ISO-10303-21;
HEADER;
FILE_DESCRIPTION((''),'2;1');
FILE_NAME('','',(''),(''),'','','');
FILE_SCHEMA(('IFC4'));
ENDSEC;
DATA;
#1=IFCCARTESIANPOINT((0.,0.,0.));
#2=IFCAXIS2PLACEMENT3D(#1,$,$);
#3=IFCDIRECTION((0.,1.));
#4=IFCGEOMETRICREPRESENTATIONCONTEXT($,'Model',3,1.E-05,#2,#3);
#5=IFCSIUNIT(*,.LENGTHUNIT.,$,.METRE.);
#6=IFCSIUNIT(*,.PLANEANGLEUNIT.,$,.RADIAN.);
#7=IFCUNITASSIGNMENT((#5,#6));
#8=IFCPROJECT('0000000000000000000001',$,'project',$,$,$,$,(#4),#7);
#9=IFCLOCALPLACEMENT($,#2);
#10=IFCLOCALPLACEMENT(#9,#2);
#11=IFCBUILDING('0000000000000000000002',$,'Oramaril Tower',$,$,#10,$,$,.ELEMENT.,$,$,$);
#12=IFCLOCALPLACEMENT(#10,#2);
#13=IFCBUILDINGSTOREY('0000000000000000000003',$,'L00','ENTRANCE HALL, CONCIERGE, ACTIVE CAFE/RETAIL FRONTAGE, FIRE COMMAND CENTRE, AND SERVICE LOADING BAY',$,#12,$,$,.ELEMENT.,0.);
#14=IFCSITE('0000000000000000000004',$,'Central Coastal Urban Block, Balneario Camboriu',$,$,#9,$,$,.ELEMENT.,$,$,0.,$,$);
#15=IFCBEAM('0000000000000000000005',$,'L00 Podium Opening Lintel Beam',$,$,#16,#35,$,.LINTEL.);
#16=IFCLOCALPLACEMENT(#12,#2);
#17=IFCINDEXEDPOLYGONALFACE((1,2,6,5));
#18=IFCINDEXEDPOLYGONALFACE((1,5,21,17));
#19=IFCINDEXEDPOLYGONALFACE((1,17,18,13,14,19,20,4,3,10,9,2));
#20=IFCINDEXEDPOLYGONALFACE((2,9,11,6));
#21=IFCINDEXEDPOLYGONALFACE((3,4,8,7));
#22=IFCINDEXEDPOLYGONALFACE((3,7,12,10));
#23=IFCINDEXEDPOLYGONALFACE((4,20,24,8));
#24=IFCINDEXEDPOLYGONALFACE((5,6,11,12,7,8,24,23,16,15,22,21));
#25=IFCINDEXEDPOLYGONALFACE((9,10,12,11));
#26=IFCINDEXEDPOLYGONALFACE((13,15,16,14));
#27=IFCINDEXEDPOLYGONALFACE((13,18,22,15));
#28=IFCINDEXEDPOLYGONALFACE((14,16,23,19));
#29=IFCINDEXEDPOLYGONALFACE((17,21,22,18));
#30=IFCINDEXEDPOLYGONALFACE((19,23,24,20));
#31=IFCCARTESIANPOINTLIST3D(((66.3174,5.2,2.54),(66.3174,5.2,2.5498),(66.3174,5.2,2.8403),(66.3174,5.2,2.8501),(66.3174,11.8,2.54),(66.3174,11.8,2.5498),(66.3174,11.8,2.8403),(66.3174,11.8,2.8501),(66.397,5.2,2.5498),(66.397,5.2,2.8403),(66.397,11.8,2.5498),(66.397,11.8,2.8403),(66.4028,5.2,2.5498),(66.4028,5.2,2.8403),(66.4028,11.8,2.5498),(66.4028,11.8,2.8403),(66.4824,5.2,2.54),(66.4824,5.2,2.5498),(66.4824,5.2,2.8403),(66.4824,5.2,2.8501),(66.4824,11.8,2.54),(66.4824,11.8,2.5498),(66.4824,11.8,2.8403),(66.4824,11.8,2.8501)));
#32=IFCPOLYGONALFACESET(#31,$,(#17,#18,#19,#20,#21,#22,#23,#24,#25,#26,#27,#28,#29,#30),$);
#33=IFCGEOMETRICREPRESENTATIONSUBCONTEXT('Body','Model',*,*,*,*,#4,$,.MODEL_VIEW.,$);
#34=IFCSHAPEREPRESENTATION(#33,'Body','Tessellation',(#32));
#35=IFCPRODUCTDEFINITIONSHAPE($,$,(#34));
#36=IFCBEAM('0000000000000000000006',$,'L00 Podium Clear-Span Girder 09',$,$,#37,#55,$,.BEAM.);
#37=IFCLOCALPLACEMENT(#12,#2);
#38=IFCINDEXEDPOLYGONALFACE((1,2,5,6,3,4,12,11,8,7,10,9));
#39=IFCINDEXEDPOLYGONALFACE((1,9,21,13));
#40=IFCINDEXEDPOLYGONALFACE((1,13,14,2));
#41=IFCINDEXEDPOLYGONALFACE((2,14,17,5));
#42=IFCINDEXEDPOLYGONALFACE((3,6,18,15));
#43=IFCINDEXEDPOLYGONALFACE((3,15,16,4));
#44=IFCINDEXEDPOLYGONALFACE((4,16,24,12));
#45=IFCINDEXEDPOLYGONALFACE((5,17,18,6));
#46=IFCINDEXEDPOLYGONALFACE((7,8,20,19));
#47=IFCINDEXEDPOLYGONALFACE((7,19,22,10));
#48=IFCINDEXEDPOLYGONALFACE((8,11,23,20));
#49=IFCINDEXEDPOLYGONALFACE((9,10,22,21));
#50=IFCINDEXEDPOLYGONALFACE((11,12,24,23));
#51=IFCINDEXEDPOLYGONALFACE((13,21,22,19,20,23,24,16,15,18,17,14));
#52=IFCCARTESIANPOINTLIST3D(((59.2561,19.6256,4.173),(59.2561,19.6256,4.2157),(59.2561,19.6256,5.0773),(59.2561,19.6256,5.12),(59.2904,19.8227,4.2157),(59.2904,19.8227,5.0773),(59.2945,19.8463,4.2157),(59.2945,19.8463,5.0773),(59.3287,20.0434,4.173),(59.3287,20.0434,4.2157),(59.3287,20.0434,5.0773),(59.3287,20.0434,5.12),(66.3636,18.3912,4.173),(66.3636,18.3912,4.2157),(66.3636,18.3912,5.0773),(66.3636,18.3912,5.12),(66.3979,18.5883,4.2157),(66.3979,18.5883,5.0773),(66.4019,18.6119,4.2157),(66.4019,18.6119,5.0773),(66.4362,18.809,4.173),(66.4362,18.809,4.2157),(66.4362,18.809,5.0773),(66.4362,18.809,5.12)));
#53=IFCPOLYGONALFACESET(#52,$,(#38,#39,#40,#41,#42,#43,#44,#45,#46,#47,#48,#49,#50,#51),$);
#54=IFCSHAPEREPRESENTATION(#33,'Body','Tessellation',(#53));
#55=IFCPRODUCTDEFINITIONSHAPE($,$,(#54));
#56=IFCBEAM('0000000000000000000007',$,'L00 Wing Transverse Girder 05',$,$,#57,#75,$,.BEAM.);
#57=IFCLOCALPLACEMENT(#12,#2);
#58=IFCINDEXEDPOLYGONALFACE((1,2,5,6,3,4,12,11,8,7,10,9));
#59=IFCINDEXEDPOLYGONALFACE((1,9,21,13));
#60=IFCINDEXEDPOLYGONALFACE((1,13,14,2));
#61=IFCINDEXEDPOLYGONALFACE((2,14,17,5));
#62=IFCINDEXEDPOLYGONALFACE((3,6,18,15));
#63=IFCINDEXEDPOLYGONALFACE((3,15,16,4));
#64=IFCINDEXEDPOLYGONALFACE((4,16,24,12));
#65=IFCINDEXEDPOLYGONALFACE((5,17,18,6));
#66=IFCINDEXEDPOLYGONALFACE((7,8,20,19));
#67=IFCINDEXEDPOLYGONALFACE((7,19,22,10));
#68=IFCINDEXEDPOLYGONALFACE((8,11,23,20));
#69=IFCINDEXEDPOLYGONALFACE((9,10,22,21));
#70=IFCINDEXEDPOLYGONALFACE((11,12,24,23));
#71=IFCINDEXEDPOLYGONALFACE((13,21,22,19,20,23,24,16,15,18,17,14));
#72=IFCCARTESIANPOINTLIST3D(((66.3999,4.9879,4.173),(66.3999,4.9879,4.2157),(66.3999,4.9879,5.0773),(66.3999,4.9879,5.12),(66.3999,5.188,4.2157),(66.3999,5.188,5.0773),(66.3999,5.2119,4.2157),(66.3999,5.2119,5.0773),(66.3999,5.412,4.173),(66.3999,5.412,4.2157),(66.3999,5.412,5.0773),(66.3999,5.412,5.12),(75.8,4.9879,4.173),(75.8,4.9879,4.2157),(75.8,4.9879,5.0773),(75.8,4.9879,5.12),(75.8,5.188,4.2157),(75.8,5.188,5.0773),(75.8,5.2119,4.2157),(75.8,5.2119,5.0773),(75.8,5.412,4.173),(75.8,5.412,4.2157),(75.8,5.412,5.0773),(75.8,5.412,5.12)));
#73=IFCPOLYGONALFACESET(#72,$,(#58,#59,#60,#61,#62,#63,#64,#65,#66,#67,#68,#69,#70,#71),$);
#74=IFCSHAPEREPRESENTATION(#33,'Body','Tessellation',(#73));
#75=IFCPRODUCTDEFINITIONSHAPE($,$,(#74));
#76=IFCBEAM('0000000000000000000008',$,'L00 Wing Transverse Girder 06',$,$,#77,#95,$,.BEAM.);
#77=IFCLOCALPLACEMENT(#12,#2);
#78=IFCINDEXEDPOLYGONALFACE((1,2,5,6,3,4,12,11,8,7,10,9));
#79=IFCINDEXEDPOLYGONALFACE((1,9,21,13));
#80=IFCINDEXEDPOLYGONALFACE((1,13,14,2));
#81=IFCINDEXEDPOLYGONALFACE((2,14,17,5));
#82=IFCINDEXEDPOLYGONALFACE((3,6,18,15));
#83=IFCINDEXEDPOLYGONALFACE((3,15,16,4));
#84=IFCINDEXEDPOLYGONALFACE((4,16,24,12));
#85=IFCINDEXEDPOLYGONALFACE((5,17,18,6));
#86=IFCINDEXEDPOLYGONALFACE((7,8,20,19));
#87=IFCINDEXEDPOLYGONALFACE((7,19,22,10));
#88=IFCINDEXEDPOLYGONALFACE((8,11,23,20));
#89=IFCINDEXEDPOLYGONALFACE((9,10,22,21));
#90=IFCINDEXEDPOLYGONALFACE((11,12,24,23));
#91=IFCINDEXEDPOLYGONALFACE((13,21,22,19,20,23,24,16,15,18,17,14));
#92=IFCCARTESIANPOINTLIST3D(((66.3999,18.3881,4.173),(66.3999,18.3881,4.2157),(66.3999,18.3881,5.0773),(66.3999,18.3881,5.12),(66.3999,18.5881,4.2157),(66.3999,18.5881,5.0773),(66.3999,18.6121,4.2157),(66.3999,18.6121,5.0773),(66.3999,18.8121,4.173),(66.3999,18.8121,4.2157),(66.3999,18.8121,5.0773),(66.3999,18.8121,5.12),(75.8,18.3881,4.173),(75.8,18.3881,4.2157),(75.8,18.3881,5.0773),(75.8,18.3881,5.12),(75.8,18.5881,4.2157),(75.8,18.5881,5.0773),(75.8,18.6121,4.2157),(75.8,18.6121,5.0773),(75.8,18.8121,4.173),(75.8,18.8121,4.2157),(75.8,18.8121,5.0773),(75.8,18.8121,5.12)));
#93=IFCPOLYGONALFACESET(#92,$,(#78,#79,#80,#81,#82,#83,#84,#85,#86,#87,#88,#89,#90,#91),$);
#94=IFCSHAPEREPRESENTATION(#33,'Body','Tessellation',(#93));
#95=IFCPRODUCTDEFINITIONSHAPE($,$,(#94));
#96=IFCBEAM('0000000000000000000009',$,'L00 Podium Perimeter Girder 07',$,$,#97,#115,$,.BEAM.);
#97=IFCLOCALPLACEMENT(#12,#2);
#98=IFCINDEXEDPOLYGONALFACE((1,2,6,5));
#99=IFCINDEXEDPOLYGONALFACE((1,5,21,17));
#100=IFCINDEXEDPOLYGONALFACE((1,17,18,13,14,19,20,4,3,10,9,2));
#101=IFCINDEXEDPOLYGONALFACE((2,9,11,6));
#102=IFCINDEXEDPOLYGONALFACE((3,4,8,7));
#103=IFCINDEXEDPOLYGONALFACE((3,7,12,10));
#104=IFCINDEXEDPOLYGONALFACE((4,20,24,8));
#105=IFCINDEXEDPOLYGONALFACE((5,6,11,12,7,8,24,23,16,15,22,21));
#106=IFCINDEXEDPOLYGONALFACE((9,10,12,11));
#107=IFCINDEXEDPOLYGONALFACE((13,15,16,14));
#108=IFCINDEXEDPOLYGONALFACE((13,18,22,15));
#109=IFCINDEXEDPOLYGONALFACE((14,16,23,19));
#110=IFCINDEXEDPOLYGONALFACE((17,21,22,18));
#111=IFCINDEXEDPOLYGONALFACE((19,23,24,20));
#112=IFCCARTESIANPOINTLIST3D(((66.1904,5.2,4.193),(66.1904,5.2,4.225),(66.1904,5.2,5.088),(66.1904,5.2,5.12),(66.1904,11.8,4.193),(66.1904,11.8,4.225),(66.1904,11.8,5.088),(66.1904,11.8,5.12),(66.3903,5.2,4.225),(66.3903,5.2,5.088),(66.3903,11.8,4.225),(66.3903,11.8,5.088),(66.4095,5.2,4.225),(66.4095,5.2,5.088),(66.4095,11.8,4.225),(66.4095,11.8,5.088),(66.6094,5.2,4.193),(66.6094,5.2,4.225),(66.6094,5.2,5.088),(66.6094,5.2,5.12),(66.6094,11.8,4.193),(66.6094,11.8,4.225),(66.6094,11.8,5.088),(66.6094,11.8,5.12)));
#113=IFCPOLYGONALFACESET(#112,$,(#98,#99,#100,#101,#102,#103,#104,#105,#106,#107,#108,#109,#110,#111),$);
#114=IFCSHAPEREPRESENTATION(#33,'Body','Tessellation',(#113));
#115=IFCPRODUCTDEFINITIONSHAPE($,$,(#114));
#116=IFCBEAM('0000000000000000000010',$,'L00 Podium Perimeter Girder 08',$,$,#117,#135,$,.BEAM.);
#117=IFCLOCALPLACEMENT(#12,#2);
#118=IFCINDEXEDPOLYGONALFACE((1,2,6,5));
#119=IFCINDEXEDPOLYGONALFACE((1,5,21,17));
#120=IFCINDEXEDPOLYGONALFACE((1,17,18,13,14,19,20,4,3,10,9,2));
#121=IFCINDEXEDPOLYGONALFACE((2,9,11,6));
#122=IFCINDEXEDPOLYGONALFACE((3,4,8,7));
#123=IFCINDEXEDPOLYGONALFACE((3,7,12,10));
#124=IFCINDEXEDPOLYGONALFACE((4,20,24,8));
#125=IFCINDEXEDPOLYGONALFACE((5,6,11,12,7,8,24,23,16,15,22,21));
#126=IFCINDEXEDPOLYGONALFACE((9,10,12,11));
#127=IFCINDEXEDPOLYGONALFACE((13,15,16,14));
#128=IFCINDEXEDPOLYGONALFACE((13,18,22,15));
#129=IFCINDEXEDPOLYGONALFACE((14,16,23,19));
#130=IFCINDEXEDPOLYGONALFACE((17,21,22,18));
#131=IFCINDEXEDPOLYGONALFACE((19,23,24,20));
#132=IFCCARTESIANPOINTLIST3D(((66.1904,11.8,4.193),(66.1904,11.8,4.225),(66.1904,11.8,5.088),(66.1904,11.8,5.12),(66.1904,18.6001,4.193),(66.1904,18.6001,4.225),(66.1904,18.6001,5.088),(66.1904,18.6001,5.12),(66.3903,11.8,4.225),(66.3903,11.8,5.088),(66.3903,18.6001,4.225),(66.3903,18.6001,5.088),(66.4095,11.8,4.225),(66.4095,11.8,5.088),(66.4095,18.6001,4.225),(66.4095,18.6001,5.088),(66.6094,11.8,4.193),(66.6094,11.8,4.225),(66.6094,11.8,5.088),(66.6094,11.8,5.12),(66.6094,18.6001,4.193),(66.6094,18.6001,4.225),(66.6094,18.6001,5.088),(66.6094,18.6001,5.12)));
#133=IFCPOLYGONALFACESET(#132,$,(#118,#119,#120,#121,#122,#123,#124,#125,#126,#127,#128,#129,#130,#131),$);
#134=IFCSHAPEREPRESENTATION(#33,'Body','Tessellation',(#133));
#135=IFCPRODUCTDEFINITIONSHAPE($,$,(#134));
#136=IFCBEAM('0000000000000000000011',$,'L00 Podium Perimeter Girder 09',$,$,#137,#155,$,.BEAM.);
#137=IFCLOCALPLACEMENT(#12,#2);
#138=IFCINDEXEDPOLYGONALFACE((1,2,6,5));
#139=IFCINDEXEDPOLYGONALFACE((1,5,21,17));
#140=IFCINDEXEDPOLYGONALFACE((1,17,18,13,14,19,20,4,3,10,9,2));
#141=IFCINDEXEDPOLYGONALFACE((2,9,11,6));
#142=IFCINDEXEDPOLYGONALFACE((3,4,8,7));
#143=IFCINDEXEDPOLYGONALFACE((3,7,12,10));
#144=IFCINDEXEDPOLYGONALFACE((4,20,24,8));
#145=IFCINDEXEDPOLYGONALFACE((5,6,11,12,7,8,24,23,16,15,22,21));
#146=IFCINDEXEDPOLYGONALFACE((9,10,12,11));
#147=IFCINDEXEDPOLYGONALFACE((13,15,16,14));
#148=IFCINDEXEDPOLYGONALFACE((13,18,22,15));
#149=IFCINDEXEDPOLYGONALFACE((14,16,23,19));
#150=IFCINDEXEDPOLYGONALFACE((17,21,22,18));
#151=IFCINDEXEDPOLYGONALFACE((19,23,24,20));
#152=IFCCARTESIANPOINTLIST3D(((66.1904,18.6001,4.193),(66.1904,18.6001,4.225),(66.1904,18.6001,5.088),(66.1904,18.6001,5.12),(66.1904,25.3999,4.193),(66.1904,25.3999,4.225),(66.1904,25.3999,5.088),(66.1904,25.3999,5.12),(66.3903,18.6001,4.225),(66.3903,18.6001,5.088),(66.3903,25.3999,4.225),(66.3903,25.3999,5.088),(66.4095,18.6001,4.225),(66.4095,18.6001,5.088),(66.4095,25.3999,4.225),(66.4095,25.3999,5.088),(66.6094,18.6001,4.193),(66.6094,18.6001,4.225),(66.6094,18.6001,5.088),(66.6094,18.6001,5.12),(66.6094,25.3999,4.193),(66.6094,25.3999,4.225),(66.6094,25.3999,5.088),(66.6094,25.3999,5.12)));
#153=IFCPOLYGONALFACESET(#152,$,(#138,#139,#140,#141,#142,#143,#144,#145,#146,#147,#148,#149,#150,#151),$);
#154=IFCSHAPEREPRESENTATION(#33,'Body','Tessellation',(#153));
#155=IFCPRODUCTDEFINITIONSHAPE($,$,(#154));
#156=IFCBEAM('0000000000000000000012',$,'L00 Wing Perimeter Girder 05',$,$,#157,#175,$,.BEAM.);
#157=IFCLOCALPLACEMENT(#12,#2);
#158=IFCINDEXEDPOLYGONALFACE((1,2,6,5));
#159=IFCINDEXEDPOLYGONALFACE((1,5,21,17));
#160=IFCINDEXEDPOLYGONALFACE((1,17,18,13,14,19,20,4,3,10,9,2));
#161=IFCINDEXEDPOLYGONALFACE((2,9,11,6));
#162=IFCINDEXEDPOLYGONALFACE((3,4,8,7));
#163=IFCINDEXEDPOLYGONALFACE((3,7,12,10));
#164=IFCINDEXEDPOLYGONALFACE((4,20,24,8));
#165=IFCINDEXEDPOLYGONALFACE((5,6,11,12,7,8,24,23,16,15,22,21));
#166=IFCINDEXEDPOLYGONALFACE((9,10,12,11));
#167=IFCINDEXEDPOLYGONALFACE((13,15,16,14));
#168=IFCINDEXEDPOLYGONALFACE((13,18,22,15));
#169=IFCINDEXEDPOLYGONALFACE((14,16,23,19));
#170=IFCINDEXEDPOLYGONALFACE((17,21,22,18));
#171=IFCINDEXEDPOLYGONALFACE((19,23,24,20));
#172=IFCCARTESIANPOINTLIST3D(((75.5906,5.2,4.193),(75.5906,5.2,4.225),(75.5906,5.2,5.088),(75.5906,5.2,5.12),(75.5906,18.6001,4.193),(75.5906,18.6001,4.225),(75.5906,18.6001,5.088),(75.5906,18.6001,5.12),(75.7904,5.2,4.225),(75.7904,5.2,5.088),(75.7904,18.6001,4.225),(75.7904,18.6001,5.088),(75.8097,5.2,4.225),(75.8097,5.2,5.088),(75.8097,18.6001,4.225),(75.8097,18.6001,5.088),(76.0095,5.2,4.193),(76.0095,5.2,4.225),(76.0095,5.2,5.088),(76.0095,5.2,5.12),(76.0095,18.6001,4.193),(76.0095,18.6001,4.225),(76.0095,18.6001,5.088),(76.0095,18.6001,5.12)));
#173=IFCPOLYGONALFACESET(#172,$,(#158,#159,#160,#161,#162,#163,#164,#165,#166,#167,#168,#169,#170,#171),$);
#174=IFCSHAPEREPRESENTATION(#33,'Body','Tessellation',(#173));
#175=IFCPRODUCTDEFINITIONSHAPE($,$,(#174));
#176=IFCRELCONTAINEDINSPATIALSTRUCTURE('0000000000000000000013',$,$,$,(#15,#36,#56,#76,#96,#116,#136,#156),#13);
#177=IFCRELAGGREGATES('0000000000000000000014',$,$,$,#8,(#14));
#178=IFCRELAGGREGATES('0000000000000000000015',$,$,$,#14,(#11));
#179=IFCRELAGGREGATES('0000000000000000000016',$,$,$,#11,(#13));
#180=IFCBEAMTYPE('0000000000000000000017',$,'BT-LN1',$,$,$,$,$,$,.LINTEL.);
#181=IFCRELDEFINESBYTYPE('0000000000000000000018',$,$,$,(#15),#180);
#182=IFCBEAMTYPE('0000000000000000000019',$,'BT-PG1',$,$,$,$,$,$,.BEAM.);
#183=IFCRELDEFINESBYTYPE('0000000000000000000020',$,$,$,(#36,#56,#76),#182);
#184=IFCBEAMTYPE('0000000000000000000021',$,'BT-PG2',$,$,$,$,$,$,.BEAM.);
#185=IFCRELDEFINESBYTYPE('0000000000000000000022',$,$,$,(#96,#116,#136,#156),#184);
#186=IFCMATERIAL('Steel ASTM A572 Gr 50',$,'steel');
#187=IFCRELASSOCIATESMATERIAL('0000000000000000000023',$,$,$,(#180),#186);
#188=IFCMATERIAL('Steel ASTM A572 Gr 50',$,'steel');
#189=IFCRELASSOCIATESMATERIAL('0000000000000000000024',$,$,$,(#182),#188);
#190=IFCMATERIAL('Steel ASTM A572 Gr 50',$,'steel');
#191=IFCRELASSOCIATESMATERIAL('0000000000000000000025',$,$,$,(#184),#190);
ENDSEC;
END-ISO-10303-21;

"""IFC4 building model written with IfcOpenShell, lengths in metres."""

from ifc_helpers import new_model, si_unit, direction, frame, origin, origin_2d, place, context, subcontext, project, spatial, i_section, extrude, material, material_profile, profile_set, type_object, element, save


model = new_model("IFC4")

# Units and contexts
model_context = context("Model", 3, precision=1e-05, world=origin(), true_north=direction((0.0, 1.0)))
body_context = subcontext(model_context, "Body", "Model", "MODEL_VIEW")
ifc_project = project(units=[si_unit("LENGTHUNIT", "METRE"), si_unit("PLANEANGLEUNIT", "RADIAN")], contexts=[model_context])

# Site, building, storey
site_placement = place(None, origin())
site = spatial("IfcSite", under=ifc_project, at=site_placement, Name="Central Coastal Urban Block, Balneario Camboriu", CompositionType="ELEMENT", RefElevation=0.0)
building_placement = place(site_placement, origin())
building = spatial("IfcBuilding", under=site, at=building_placement, Name="Oramaril Tower", CompositionType="ELEMENT")
storey_placement = place(building_placement, origin())
storey = spatial("IfcBuildingStorey", under=building, at=storey_placement, Name="L00", Description="ENTRANCE HALL, CONCIERGE, ACTIVE CAFE/RETAIL FRONTAGE, FIRE COMMAND CENTRE, AND SERVICE LOADING BAY", CompositionType="ELEMENT", Elevation=0.0)

# Beams
ifc_material_1 = material(Name="Steel ASTM A572 Gr 50", Category="steel")
ifc_material_profile_1 = material_profile(ifc_material_1, i_section(OverallWidth=0.165, OverallDepth=0.3101, WebThickness=0.0059, FlangeThickness=0.0098, at=origin_2d()), Name="W12X26")
ifc_profile_set_1 = profile_set([ifc_material_profile_1], Name="Steel ASTM A572 Gr 50")
beam_type_1 = type_object("IfcBeamType", Name="BT-LN1", PredefinedType="LINTEL", material=ifc_profile_set_1)
beam_1_placement = place(storey_placement, frame((66.3999, 5.2, 2.6951), z_axis=(0.0, 1.0, 0.0), x_axis=(-1.0, 0.0, 0.0)))
element("IfcBeam", 1, at=beam_1_placement, inside=storey, type_object=beam_type_1, Name="L00 Podium Opening Lintel Beam", PredefinedType="LINTEL", context=body_context, shape_type="SweptSolid", body=[
    extrude(i_section(OverallWidth=0.165, OverallDepth=0.3101, WebThickness=0.0059, FlangeThickness=0.0098, at=origin_2d()), origin(), (0.0, 0.0, 1.0), 6.6001),
])
ifc_material_2 = material(Name="Steel ASTM A572 Gr 50", Category="steel")
ifc_material_profile_2 = material_profile(ifc_material_2, i_section(OverallWidth=0.4241, OverallDepth=0.947, WebThickness=0.0239, FlangeThickness=0.0427, at=origin_2d()), Name="W36X302")
ifc_profile_set_2 = profile_set([ifc_material_profile_2], Name="Steel ASTM A572 Gr 50")
beam_type_2 = type_object("IfcBeamType", Name="BT-PG1", PredefinedType="BEAM", material=ifc_profile_set_2)
beam_2_placement = place(storey_placement, frame((66.3999, 18.6001, 4.6465), z_axis=(-0.985251, 0.171113, 0.0), x_axis=(-0.171113, -0.985251, 0.0)))
element("IfcBeam", 2, at=beam_2_placement, inside=storey, type_object=beam_type_2, Name="L00 Podium Clear-Span Girder 09", PredefinedType="BEAM", context=body_context, shape_type="SweptSolid", body=[
    extrude(i_section(OverallWidth=0.4241, OverallDepth=0.947, WebThickness=0.0239, FlangeThickness=0.0427, at=origin_2d()), origin(), (0.0, 0.0, 1.0), 7.2139),
])
for number, where, z_axis, x_axis, name in (
    (3, (66.3999, 5.2, 4.6465), (1.0, 0.0, 0.0), (0.0, 1.0, 0.0), "L00 Wing Transverse Girder 05"),
    (4, (66.3999, 18.6001, 4.6465), (1.0, 0.0, 0.0), (0.0, 1.0, 0.0), "L00 Wing Transverse Girder 06"),
):
    element("IfcBeam", number, at=place(storey_placement, frame(where, z_axis=z_axis, x_axis=x_axis)), inside=storey, type_object=beam_type_2, Name=name, PredefinedType="BEAM", context=body_context, shape_type="SweptSolid", body=[
        extrude(i_section(OverallWidth=0.4241, OverallDepth=0.947, WebThickness=0.0239, FlangeThickness=0.0427, at=origin_2d()), origin(), (0.0, 0.0, 1.0), 9.4001),
    ])
ifc_material_3 = material(Name="Steel ASTM A572 Gr 50", Category="steel")
ifc_material_profile_3 = material_profile(ifc_material_3, i_section(OverallWidth=0.4189, OverallDepth=0.927, WebThickness=0.0193, FlangeThickness=0.032, at=origin_2d()), Name="W36X231")
ifc_profile_set_3 = profile_set([ifc_material_profile_3], Name="Steel ASTM A572 Gr 50")
beam_type_3 = type_object("IfcBeamType", Name="BT-PG2", PredefinedType="BEAM", material=ifc_profile_set_3)
beam_3_placement = place(storey_placement, frame((66.3999, 5.2, 4.6565), z_axis=(0.0, 1.0, 0.0), x_axis=(-1.0, 0.0, 0.0)))
element("IfcBeam", 5, at=beam_3_placement, inside=storey, type_object=beam_type_3, Name="L00 Podium Perimeter Girder 07", PredefinedType="BEAM", context=body_context, shape_type="SweptSolid", body=[
    extrude(i_section(OverallWidth=0.4189, OverallDepth=0.927, WebThickness=0.0193, FlangeThickness=0.032, at=origin_2d()), origin(), (0.0, 0.0, 1.0), 6.6001),
])
beam_4_placement = place(storey_placement, frame((66.3999, 11.8, 4.6565), z_axis=(0.0, 1.0, 0.0), x_axis=(-1.0, 0.0, 0.0)))
element("IfcBeam", 6, at=beam_4_placement, inside=storey, type_object=beam_type_3, Name="L00 Podium Perimeter Girder 08", PredefinedType="BEAM", context=body_context, shape_type="SweptSolid", body=[
    extrude(i_section(OverallWidth=0.4189, OverallDepth=0.927, WebThickness=0.0193, FlangeThickness=0.032, at=origin_2d()), origin(), (0.0, 0.0, 1.0), 6.8),
])
beam_5_placement = place(storey_placement, frame((66.3999, 18.6001, 4.6565), z_axis=(0.0, 1.0, 0.0), x_axis=(-1.0, 0.0, 0.0)))
element("IfcBeam", 7, at=beam_5_placement, inside=storey, type_object=beam_type_3, Name="L00 Podium Perimeter Girder 09", PredefinedType="BEAM", context=body_context, shape_type="SweptSolid", body=[
    extrude(i_section(OverallWidth=0.4189, OverallDepth=0.927, WebThickness=0.0193, FlangeThickness=0.032, at=origin_2d()), origin(), (0.0, 0.0, 1.0), 6.7998),
])
beam_6_placement = place(storey_placement, frame((75.8, 5.2, 4.6565), z_axis=(0.0, 1.0, 0.0), x_axis=(-1.0, 0.0, 0.0)))
element("IfcBeam", 8, at=beam_6_placement, inside=storey, type_object=beam_type_3, Name="L00 Wing Perimeter Girder 05", PredefinedType="BEAM", context=body_context, shape_type="SweptSolid", body=[
    extrude(i_section(OverallWidth=0.4189, OverallDepth=0.927, WebThickness=0.0193, FlangeThickness=0.032, at=origin_2d()), origin(), (0.0, 0.0, 1.0), 13.4001),
])

save(model, "model.ifc")
